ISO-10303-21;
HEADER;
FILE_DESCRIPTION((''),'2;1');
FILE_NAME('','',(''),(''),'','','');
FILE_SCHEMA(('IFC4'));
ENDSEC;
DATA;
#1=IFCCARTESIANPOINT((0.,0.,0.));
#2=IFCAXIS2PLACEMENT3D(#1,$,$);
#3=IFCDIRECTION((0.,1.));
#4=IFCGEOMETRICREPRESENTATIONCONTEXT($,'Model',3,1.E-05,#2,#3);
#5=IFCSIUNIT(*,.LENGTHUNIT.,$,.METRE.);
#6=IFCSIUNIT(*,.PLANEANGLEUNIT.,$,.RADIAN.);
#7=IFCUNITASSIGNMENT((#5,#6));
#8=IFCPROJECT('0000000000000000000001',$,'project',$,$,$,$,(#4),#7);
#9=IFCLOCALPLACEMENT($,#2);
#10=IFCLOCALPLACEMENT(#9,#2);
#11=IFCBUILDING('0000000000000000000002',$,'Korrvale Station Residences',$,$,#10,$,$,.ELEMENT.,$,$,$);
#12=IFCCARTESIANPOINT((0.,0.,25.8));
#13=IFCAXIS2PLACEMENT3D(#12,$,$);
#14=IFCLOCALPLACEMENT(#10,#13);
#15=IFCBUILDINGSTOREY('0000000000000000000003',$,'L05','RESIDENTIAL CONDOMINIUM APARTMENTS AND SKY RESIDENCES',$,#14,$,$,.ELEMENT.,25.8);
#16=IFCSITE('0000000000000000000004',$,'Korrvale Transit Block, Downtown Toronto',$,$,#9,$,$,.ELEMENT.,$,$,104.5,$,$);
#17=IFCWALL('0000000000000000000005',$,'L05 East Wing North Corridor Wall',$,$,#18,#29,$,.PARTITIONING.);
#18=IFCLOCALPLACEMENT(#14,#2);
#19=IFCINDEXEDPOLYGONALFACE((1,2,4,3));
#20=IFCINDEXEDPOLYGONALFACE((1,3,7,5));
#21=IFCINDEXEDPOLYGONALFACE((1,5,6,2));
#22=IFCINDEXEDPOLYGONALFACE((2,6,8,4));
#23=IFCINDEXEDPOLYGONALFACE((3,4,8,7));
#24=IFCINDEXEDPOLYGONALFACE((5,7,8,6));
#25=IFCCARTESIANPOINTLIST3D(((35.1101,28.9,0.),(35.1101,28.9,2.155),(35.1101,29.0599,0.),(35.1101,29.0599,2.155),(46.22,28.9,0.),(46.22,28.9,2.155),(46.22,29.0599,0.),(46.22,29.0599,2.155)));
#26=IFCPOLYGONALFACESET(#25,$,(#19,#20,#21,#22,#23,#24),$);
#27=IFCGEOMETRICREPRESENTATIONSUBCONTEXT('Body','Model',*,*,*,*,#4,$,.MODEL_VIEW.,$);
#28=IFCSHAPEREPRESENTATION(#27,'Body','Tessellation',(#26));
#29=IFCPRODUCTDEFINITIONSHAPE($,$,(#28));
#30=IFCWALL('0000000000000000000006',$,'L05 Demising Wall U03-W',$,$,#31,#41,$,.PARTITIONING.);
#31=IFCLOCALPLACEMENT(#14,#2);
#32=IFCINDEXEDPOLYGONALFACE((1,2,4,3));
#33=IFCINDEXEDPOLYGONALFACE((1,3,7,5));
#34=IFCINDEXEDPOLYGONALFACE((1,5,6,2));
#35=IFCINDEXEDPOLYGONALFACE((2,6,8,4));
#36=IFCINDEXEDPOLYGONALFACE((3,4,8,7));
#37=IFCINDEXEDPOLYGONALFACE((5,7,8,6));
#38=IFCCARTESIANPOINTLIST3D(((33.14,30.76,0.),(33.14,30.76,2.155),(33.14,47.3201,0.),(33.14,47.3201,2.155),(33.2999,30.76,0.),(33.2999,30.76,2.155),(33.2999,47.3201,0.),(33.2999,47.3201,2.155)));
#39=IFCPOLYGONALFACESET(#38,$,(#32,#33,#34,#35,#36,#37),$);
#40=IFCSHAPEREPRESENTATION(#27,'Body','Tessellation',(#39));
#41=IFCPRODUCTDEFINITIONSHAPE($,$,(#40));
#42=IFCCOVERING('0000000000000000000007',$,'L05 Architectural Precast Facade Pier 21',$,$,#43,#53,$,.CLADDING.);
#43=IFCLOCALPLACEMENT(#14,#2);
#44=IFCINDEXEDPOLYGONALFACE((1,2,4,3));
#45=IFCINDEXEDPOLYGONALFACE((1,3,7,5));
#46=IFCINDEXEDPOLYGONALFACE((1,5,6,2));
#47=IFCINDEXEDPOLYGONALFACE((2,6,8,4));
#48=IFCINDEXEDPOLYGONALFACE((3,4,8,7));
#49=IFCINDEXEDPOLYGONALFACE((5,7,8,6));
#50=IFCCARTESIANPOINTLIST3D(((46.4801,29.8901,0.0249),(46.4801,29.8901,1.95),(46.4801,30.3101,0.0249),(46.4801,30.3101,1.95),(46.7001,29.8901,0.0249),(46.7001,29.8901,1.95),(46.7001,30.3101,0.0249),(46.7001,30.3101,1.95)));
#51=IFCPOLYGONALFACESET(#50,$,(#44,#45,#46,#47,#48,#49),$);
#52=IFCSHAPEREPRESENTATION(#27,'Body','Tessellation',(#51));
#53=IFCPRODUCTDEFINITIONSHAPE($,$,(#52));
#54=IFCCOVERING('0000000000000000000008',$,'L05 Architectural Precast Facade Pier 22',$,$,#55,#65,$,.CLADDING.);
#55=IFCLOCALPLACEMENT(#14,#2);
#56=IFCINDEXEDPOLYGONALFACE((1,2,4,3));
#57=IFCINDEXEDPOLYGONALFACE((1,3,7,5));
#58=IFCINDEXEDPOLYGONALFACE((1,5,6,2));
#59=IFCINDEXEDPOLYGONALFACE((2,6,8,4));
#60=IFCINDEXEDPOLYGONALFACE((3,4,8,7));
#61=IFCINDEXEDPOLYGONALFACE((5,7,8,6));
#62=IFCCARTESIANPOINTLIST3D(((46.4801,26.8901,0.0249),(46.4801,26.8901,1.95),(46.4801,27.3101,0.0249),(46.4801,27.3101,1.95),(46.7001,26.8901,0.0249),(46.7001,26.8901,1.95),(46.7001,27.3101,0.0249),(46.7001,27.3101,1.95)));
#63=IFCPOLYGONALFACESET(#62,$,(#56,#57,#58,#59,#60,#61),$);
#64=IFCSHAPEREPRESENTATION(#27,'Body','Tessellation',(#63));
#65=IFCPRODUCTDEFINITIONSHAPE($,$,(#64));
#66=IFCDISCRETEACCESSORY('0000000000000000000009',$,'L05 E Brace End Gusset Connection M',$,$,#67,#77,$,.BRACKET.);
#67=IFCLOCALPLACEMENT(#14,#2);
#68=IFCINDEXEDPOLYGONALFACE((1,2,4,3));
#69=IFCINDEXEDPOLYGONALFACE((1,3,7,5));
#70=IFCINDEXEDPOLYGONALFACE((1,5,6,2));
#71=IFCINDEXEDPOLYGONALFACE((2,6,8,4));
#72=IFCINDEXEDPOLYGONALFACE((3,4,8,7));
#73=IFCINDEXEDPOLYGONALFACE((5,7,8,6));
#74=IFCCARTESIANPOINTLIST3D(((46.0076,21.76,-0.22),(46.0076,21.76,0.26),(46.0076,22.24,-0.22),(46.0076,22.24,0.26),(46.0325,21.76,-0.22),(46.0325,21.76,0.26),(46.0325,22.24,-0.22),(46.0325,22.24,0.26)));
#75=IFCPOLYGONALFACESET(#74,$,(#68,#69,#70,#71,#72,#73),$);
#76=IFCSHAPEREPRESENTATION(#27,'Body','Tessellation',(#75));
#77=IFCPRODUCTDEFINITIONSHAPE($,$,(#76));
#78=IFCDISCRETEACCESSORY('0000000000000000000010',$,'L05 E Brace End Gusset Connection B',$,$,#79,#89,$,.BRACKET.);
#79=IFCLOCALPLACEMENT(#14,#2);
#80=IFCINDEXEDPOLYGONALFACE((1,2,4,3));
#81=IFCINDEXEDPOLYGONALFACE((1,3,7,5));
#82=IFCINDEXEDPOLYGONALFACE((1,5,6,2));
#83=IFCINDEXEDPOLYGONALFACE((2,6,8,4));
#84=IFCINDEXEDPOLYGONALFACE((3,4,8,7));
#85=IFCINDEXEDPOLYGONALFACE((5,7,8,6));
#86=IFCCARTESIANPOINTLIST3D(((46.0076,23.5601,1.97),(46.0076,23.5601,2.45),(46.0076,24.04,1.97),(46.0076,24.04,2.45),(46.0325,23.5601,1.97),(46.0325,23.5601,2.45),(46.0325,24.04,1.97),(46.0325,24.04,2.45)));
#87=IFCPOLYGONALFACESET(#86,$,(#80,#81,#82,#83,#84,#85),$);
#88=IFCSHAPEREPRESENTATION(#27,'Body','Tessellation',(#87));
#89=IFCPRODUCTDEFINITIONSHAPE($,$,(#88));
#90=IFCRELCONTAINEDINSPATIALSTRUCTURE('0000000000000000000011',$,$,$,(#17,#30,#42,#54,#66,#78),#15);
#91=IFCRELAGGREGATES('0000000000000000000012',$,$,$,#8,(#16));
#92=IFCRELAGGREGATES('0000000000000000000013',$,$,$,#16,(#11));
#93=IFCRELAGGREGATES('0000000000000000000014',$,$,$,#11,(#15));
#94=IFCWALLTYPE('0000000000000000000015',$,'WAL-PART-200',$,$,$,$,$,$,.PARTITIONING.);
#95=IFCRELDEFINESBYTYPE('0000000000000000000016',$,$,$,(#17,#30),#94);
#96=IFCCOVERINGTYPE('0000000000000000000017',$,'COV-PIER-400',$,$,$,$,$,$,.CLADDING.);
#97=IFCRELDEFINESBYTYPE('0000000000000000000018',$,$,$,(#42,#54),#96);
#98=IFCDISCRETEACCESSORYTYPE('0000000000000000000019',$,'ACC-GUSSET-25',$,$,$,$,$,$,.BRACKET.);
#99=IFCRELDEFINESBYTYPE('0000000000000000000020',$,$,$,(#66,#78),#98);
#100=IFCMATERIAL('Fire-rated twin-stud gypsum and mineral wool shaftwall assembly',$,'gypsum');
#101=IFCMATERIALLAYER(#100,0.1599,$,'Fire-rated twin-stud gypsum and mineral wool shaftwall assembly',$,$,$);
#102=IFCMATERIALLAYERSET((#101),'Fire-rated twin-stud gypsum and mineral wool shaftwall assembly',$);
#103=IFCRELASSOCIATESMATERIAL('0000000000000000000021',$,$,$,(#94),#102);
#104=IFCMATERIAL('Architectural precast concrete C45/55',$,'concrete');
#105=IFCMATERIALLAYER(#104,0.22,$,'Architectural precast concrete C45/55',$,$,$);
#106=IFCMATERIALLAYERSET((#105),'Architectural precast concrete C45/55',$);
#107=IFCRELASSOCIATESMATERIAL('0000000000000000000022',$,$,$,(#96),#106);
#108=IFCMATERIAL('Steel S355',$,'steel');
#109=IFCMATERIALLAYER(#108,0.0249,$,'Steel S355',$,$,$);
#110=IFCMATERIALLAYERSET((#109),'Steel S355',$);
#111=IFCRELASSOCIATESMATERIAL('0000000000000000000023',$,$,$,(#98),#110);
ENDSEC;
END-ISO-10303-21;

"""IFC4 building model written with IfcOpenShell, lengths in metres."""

from ifc_helpers import new_model, si_unit, direction, frame, frame_2d, origin, origin_2d, place, context, subcontext, project, spatial, rectangle, extrude, material, layer, layer_set, type_object, element, save


model = new_model("IFC4")

# Units and contexts
model_context = context("Model", 3, precision=1e-05, world=origin(), true_north=direction((0.0, 1.0)))
body_context = subcontext(model_context, "Body", "Model", "MODEL_VIEW")
ifc_project = project(units=[si_unit("LENGTHUNIT", "METRE"), si_unit("PLANEANGLEUNIT", "RADIAN")], contexts=[model_context])

# Site, building, storey
site_placement = place(None, origin())
site = spatial("IfcSite", under=ifc_project, at=site_placement, Name="Korrvale Transit Block, Downtown Toronto", CompositionType="ELEMENT", RefElevation=104.5)
building_placement = place(site_placement, origin())
building = spatial("IfcBuilding", under=site, at=building_placement, Name="Korrvale Station Residences", CompositionType="ELEMENT")
storey_placement = place(building_placement, frame((0.0, 0.0, 25.8)))
storey = spatial("IfcBuildingStorey", under=building, at=storey_placement, Name="L05", Description="RESIDENTIAL CONDOMINIUM APARTMENTS AND SKY RESIDENCES", CompositionType="ELEMENT", Elevation=25.8)

# Shared definitions
ifc_material_1 = material(Name="Steel S355", Category="steel")

# Walls
ifc_material_2 = material(Name="Fire-rated twin-stud gypsum and mineral wool shaftwall assembly", Category="gypsum")
ifc_layer_1 = layer(ifc_material_2, 0.1599, Name="Fire-rated twin-stud gypsum and mineral wool shaftwall assembly")
ifc_layer_set_1 = layer_set([ifc_layer_1], Name="Fire-rated twin-stud gypsum and mineral wool shaftwall assembly")
wall_type_1 = type_object("IfcWallType", Name="WAL-PART-200", PredefinedType="PARTITIONING", material=ifc_layer_set_1)
wall_1_placement = place(storey_placement, frame((35.1101, 28.98, 0.0), z_axis=(0.0, 0.0, 1.0), x_axis=(1.0, 0.0, 0.0)))
element("IfcWall", 1, at=wall_1_placement, inside=storey, type_object=wall_type_1, Name="L05 East Wing North Corridor Wall", PredefinedType="PARTITIONING", context=body_context, shape_type="SweptSolid", body=[
    extrude(rectangle(XDim=11.1099, YDim=0.1599, at=frame_2d((5.5549, 0.0))), origin(), (0.0, 0.0, 1.0), 2.155),
])
wall_2_placement = place(storey_placement, frame((33.22, 30.76, 0.0), z_axis=(0.0, 0.0, 1.0), x_axis=(0.0, 1.0, 0.0)))
element("IfcWall", 2, at=wall_2_placement, inside=storey, type_object=wall_type_1, Name="L05 Demising Wall U03-W", PredefinedType="PARTITIONING", context=body_context, shape_type="SweptSolid", body=[
    extrude(rectangle(XDim=16.5601, YDim=0.1599, at=frame_2d((8.28, 0.0))), origin(), (0.0, 0.0, 1.0), 2.155),
])

# Coverings
ifc_material_3 = material(Name="Architectural precast concrete C45/55", Category="concrete")
ifc_layer_2 = layer(ifc_material_3, 0.22, Name="Architectural precast concrete C45/55")
ifc_layer_set_2 = layer_set([ifc_layer_2], Name="Architectural precast concrete C45/55")
covering_type = type_object("IfcCoveringType", Name="COV-PIER-400", PredefinedType="CLADDING", material=ifc_layer_set_2)
for number, where, z_axis, x_axis, name in (
    (3, (46.5901, 30.1001, 0.0249), (0.0, 0.0, 1.0), (0.0, 1.0, 0.0), "L05 Architectural Precast Facade Pier 21"),
    (4, (46.5901, 27.1001, 0.0249), (0.0, 0.0, 1.0), (0.0, 1.0, 0.0), "L05 Architectural Precast Facade Pier 22"),
):
    element("IfcCovering", number, at=place(storey_placement, frame(where, z_axis=z_axis, x_axis=x_axis)), inside=storey, type_object=covering_type, Name=name, PredefinedType="CLADDING", context=body_context, shape_type="SweptSolid", body=[
        extrude(rectangle(XDim=0.4199, YDim=0.22, at=origin_2d()), origin(), (0.0, 0.0, 1.0), 1.925),
    ])

# Discrete accessories
ifc_layer_3 = layer(ifc_material_1, 0.0249, Name="Steel S355")
ifc_layer_set_3 = layer_set([ifc_layer_3], Name="Steel S355")
discrete_accessory_type = type_object("IfcDiscreteAccessoryType", Name="ACC-GUSSET-25", PredefinedType="BRACKET", material=ifc_layer_set_3)
for number, where, z_axis, x_axis, name in (
    (5, (46.02, 22.0, -0.22), (0.0, 0.0, 1.0), (0.0, 1.0, 0.0), "L05 E Brace End Gusset Connection M"),
    (6, (46.02, 23.8, 1.97), (0.0, 0.0, 1.0), (0.0, 1.0, 0.0), "L05 E Brace End Gusset Connection B"),
):
    element("IfcDiscreteAccessory", number, at=place(storey_placement, frame(where, z_axis=z_axis, x_axis=x_axis)), inside=storey, type_object=discrete_accessory_type, Name=name, PredefinedType="BRACKET", context=body_context, shape_type="SweptSolid", body=[
        extrude(rectangle(XDim=0.48, YDim=0.0249, at=origin_2d()), origin(), (0.0, 0.0, 1.0), 0.48),
    ])

save(model, "model.ifc")
